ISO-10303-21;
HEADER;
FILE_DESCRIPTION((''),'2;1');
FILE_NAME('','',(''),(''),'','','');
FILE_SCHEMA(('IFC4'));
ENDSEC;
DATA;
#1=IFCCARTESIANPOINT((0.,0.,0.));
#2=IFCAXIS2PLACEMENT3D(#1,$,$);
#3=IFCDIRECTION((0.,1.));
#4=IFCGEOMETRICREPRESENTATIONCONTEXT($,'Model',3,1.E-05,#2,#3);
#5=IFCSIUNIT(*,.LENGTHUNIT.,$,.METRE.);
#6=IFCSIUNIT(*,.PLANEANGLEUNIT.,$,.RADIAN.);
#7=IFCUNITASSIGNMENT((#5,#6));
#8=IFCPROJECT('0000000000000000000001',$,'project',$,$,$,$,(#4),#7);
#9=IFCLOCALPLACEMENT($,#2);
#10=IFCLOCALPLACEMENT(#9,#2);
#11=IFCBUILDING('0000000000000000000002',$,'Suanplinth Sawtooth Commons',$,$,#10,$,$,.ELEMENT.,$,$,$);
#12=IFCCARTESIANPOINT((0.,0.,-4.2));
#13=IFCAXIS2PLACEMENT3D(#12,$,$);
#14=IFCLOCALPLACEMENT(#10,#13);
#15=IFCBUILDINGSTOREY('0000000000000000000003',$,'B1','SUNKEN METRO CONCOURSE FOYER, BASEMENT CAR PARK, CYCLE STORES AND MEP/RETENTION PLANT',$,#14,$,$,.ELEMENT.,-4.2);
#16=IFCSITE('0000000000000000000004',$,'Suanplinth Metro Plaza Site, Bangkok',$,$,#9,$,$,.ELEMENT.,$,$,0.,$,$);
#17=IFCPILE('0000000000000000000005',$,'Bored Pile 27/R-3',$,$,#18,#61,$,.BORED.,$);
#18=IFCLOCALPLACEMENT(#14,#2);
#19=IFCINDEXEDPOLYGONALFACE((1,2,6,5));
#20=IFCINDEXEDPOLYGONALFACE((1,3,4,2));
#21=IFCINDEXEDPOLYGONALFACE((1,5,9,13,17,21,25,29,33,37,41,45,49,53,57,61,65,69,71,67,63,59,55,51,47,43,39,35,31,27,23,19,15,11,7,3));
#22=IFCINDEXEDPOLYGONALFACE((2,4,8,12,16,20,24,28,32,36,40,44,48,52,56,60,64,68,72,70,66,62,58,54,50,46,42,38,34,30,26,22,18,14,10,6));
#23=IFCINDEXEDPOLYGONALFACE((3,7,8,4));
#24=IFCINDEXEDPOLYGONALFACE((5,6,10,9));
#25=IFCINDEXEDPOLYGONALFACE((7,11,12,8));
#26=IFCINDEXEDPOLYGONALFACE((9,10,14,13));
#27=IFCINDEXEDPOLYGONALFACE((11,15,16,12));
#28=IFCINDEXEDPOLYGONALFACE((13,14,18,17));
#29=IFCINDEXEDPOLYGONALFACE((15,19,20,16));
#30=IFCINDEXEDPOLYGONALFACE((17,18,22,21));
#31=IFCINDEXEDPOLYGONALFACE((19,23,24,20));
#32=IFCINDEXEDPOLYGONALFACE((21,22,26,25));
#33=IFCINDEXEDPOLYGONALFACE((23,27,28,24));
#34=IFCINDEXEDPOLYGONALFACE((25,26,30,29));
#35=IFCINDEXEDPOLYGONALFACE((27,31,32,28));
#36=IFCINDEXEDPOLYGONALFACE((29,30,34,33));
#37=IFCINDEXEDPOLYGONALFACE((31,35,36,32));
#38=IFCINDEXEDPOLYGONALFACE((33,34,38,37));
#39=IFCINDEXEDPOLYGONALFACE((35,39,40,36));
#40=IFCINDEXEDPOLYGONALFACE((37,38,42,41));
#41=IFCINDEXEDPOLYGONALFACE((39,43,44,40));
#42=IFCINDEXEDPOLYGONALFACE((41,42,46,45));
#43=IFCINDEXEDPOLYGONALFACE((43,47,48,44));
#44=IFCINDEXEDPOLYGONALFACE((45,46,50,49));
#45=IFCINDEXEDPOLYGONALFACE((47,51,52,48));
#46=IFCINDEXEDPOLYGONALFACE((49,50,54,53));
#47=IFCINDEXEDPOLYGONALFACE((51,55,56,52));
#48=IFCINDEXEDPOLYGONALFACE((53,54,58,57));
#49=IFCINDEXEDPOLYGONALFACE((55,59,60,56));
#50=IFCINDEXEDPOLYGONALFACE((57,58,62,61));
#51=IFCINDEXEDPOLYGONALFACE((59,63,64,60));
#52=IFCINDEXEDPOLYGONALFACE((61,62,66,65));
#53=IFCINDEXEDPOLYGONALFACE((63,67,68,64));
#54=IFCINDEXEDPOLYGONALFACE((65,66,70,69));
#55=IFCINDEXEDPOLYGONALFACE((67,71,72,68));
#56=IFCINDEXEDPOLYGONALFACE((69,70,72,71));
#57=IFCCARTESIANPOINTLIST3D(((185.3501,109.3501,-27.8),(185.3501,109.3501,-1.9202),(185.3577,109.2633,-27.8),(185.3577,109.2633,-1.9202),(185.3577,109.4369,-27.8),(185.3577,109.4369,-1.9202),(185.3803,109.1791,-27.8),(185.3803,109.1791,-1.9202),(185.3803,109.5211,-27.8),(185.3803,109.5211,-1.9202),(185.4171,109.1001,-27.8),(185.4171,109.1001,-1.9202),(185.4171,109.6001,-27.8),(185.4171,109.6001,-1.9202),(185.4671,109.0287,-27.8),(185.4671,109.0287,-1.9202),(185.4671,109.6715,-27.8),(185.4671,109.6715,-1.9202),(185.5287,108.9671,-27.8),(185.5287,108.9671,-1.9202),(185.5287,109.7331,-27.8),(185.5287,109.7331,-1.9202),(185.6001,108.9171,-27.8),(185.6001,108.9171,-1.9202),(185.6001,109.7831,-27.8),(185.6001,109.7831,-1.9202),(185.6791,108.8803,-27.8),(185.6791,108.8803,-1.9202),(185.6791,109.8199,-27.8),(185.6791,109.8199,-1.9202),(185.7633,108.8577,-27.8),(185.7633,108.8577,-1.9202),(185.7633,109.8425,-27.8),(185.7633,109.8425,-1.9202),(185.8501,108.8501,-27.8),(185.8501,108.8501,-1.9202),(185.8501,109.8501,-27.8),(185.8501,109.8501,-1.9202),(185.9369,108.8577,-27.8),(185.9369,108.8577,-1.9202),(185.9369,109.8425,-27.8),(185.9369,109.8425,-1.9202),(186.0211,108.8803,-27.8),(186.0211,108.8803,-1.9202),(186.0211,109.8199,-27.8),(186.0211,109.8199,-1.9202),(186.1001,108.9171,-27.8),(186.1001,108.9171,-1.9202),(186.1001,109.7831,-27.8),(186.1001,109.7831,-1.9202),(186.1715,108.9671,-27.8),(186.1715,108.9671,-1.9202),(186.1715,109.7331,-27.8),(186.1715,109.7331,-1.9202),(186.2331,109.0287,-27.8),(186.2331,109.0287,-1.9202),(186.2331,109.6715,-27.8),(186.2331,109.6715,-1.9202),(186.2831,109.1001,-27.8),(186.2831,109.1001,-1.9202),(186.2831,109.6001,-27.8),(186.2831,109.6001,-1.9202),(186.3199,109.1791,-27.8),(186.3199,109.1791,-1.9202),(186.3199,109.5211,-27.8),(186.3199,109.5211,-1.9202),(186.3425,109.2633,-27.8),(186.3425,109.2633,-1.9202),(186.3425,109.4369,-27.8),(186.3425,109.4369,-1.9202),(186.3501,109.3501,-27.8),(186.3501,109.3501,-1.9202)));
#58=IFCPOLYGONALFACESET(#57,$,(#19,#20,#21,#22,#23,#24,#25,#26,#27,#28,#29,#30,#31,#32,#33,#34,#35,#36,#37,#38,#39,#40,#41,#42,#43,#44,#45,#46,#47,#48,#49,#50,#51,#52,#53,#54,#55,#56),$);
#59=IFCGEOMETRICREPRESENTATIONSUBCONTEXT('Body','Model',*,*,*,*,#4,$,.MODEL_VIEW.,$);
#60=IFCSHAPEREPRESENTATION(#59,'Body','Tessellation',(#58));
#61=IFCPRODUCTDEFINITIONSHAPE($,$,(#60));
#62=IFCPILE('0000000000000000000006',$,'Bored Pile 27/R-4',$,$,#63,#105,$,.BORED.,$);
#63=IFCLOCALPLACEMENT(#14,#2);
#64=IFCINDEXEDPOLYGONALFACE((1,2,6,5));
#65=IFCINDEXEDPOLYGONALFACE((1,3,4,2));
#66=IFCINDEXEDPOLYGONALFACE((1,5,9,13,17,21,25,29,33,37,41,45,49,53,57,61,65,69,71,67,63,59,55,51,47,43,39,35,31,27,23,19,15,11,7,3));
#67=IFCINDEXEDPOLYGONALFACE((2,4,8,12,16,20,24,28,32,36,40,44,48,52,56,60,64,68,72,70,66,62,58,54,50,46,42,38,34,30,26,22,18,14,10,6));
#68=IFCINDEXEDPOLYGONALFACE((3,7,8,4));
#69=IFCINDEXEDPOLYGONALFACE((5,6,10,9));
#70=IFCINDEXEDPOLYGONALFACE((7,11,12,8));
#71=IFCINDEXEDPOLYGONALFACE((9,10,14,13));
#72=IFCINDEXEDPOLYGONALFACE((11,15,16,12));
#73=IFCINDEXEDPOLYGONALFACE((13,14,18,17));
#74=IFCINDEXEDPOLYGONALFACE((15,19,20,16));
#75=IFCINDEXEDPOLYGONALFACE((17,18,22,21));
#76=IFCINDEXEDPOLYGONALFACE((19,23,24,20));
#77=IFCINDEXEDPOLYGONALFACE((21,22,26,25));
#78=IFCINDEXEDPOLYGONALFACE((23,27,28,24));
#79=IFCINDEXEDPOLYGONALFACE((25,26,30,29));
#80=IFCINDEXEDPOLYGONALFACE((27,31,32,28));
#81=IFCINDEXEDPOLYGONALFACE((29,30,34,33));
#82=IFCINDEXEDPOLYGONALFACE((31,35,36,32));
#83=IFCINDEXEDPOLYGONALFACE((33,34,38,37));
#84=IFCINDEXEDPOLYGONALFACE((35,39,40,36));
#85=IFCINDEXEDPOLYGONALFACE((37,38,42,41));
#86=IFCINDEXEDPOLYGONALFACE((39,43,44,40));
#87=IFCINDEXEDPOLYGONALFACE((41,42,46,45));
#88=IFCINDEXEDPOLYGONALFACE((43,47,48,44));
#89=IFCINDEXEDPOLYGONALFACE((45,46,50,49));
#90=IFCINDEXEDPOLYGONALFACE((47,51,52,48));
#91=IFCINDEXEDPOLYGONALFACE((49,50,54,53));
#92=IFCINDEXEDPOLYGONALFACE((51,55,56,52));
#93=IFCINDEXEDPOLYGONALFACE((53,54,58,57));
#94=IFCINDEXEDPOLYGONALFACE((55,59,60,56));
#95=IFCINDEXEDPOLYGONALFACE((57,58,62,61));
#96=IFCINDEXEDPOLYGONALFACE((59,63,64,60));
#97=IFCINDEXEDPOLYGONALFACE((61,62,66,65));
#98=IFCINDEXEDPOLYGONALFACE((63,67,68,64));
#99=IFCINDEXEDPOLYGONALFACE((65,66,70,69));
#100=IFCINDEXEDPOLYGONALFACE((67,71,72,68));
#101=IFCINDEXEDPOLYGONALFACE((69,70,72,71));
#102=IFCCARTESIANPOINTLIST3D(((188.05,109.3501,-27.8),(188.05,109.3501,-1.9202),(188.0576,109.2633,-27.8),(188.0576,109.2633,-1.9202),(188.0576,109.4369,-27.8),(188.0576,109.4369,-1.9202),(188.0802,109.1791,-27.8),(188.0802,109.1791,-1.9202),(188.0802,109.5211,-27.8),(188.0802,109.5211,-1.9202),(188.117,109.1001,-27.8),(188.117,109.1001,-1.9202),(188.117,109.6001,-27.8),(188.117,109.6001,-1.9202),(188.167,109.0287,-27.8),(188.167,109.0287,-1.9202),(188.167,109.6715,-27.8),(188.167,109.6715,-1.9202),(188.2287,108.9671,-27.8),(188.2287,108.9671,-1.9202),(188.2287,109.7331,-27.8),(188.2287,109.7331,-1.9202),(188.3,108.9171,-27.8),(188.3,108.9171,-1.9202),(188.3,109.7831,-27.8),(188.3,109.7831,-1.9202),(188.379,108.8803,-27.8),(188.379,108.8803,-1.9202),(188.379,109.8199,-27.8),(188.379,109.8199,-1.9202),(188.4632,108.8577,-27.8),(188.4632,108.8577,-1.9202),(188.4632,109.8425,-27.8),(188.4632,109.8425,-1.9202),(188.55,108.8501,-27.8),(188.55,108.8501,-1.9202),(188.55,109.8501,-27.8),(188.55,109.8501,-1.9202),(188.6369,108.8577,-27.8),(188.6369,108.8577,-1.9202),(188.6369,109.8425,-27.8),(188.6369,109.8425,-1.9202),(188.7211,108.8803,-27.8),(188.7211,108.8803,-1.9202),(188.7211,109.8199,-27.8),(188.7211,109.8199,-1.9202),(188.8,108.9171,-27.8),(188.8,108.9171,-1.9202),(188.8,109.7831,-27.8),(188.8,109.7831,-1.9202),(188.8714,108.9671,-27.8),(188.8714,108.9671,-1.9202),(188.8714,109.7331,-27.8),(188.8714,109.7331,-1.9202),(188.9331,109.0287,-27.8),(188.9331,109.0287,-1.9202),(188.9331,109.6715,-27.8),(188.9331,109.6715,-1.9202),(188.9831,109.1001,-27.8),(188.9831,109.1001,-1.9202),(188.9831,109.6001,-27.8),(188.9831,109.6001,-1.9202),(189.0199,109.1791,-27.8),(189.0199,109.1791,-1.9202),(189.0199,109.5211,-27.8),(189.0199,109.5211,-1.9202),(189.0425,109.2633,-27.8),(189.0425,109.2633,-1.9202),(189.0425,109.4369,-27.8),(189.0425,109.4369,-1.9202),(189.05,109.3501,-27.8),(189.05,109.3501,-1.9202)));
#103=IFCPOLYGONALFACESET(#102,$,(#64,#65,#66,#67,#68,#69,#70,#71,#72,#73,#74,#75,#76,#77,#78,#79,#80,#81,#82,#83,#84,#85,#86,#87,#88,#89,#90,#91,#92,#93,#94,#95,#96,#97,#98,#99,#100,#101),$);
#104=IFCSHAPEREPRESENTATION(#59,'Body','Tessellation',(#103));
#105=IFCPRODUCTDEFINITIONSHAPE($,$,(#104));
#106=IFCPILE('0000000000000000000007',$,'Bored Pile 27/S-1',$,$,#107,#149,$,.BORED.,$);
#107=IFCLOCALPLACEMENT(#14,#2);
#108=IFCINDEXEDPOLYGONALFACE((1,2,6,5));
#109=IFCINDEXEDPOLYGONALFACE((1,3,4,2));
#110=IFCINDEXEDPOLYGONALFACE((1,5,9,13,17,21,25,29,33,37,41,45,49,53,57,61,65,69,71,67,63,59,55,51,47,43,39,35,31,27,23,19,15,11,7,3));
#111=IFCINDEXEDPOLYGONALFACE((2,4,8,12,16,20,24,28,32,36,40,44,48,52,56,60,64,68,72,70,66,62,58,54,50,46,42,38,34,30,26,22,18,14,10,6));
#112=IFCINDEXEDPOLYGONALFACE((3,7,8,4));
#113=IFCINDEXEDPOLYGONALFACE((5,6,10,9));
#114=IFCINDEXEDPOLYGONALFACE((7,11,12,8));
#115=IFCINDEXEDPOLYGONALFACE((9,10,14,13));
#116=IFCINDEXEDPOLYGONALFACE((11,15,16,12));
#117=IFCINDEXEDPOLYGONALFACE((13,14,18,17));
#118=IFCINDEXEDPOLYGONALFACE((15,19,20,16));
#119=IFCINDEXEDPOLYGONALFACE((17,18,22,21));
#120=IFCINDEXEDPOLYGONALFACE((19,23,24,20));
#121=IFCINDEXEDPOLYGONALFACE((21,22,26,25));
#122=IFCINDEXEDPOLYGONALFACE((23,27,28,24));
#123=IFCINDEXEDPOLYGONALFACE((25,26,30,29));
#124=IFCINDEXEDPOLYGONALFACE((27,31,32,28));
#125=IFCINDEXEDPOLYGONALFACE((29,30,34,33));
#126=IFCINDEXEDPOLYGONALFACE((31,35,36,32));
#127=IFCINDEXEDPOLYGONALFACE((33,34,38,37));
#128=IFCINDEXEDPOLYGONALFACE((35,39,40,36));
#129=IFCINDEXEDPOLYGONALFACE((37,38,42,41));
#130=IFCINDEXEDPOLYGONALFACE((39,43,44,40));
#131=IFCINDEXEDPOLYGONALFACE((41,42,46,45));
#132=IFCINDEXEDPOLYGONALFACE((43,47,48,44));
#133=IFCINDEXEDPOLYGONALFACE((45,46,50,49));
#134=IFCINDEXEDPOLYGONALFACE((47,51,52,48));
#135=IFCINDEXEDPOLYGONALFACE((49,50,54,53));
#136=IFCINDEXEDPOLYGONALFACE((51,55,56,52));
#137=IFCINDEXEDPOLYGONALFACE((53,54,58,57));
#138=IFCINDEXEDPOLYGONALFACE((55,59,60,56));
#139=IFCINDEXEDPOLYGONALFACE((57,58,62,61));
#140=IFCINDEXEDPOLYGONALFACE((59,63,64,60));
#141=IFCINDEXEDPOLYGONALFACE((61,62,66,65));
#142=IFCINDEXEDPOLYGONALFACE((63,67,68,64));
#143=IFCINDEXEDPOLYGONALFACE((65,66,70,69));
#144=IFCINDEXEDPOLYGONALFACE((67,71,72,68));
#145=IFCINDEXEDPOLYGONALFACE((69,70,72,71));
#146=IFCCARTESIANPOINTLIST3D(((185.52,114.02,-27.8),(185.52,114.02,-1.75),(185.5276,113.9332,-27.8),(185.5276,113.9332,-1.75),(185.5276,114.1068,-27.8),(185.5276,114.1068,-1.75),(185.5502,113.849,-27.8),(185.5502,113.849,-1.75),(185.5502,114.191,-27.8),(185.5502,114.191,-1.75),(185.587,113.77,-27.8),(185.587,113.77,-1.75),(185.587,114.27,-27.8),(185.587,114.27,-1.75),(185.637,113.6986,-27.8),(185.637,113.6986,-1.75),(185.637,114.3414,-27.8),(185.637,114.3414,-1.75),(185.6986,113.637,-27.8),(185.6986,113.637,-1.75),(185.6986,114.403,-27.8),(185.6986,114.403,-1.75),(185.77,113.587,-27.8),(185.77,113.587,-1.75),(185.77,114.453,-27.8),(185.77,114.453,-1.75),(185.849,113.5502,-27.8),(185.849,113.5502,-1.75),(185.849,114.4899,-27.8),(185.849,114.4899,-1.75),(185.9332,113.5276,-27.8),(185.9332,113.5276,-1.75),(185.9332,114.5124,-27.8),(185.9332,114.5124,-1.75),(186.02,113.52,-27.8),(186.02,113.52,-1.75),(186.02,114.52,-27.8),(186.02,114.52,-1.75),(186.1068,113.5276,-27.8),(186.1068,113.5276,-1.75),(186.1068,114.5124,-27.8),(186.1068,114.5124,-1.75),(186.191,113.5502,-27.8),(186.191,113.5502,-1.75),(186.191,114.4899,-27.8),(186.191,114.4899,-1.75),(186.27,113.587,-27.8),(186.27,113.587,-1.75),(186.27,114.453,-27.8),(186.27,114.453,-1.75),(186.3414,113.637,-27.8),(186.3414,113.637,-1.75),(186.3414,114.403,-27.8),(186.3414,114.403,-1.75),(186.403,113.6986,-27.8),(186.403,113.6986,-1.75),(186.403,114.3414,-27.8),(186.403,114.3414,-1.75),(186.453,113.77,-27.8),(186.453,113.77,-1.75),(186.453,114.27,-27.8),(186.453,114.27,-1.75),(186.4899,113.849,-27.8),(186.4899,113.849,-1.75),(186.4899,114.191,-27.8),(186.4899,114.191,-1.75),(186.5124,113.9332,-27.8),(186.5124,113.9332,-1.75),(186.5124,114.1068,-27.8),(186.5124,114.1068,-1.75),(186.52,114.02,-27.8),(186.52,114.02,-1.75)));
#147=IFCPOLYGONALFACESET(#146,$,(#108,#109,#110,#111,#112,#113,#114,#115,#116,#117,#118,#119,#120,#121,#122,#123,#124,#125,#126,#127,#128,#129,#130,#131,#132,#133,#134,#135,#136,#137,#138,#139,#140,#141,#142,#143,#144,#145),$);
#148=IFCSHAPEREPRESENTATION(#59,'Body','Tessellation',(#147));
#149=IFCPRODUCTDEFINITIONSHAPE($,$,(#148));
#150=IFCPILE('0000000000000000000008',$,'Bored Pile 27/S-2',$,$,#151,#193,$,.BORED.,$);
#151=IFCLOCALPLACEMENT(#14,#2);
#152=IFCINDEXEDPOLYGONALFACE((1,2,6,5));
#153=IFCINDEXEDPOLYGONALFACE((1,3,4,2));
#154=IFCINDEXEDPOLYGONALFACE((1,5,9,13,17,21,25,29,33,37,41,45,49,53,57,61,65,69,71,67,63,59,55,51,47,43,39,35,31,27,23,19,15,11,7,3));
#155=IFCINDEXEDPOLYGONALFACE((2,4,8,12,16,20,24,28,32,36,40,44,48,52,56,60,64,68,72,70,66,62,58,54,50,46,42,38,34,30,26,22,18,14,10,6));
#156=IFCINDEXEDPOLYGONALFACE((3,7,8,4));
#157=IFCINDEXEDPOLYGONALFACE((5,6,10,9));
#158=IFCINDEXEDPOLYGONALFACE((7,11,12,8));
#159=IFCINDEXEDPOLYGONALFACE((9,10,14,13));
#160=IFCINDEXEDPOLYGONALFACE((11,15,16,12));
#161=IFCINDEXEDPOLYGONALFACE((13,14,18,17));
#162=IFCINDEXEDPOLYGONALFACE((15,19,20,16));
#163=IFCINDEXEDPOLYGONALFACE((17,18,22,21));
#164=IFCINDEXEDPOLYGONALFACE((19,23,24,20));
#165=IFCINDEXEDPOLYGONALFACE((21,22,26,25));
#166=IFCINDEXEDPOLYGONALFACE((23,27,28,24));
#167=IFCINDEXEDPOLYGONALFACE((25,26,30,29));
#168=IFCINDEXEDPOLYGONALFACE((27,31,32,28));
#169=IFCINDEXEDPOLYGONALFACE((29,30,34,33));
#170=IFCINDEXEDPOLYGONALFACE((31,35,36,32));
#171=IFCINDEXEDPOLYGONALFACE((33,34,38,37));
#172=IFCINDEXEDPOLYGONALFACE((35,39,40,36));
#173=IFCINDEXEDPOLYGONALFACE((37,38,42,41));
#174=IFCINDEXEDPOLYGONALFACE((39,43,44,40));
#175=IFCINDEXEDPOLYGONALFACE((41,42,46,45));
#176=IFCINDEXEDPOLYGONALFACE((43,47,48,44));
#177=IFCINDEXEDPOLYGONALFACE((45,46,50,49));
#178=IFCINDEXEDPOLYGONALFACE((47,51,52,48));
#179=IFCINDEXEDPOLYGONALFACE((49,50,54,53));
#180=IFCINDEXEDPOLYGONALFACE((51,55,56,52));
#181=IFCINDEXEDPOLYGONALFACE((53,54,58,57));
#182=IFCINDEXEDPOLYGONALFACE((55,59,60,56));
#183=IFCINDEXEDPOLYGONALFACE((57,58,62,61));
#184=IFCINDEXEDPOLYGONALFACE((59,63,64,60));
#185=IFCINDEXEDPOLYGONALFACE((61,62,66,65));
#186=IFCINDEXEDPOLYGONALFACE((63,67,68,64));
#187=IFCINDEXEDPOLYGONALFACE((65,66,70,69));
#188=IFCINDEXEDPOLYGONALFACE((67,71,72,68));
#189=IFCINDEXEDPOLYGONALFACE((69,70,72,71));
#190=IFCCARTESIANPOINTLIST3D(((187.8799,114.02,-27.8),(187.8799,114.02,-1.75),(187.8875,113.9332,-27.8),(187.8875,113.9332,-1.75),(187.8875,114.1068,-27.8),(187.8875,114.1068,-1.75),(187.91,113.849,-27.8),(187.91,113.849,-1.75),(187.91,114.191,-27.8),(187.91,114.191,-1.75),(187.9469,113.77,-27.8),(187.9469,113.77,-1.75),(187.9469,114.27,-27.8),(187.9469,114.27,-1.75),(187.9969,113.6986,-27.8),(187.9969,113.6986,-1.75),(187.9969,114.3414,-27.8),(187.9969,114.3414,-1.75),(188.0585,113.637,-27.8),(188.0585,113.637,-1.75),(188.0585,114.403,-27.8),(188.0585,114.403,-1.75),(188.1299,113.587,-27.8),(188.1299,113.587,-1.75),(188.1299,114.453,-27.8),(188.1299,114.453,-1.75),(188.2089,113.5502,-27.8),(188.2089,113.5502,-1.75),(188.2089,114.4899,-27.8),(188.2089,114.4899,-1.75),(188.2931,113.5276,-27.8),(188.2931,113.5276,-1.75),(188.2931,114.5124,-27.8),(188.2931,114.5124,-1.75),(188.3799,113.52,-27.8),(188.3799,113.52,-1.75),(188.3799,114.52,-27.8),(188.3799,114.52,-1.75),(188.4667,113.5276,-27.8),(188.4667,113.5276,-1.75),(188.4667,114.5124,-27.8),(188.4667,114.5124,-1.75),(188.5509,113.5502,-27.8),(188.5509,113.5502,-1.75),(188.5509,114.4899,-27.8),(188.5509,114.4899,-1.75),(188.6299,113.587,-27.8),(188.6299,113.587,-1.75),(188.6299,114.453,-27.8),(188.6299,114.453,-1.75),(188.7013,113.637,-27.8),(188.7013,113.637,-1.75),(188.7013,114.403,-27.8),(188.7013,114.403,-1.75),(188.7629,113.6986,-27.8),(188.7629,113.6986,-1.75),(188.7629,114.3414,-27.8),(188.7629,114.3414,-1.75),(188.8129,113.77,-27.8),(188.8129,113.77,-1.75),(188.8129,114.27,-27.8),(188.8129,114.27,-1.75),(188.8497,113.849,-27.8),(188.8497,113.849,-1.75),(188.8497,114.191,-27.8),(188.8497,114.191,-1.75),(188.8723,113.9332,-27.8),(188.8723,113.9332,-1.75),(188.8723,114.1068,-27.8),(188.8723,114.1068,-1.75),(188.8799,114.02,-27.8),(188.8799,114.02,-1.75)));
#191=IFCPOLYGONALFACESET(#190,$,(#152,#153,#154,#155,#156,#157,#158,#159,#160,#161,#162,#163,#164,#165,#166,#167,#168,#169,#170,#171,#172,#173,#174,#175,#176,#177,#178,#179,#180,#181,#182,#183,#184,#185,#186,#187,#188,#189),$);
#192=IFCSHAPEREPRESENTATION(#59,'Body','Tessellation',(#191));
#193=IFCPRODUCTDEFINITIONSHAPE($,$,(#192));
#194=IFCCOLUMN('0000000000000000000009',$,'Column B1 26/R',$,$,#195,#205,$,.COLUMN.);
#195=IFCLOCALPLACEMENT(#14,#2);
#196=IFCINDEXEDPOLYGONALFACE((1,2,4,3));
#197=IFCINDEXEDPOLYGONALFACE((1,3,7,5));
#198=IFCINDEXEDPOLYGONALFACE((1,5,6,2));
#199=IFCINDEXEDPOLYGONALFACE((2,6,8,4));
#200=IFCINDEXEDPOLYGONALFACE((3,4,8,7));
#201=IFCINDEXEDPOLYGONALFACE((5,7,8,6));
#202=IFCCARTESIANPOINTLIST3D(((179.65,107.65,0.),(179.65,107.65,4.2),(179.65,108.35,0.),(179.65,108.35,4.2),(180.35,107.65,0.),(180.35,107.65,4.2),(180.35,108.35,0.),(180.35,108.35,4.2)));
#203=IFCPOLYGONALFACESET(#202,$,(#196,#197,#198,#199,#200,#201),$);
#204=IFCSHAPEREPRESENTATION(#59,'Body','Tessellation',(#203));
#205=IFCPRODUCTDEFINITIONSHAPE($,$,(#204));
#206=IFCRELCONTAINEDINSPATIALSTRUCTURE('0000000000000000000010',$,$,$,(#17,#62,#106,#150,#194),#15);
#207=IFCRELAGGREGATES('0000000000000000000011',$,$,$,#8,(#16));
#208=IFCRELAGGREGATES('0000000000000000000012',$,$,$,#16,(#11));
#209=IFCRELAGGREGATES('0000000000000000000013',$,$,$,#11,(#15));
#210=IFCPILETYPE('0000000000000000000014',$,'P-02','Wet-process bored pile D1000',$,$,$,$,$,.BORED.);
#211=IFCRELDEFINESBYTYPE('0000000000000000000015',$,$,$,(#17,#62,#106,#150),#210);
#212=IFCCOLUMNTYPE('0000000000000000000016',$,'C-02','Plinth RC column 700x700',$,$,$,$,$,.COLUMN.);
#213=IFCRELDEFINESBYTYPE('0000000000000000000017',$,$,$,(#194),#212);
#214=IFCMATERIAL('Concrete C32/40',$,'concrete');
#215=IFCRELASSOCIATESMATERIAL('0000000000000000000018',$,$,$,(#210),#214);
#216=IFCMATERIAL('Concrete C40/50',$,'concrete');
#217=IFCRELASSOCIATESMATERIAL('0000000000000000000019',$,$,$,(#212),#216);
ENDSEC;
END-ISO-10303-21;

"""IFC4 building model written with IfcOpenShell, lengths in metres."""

from ifc_helpers import new_model, si_unit, direction, frame, origin, origin_2d, place, context, subcontext, project, spatial, rectangle, circle, extrude, material, material_profile, profile_set, type_object, element, save


model = new_model("IFC4")

# Units and contexts
model_context = context("Model", 3, precision=1e-05, world=origin(), true_north=direction((0.0, 1.0)))
body_context = subcontext(model_context, "Body", "Model", "MODEL_VIEW")
ifc_project = project(units=[si_unit("LENGTHUNIT", "METRE"), si_unit("PLANEANGLEUNIT", "RADIAN")], contexts=[model_context])

# Site, building, storey
site_placement = place(None, origin())
site = spatial("IfcSite", under=ifc_project, at=site_placement, Name="Suanplinth Metro Plaza Site, Bangkok", CompositionType="ELEMENT", RefElevation=0.0)
building_placement = place(site_placement, origin())
building = spatial("IfcBuilding", under=site, at=building_placement, Name="Suanplinth Sawtooth Commons", CompositionType="ELEMENT")
storey_placement = place(building_placement, frame((0.0, 0.0, -4.2)))
storey = spatial("IfcBuildingStorey", under=building, at=storey_placement, Name="B1", Description="SUNKEN METRO CONCOURSE FOYER, BASEMENT CAR PARK, CYCLE STORES AND MEP/RETENTION PLANT", CompositionType="ELEMENT", Elevation=-4.2)

# Piles
ifc_material_1 = material(Name="Concrete C32/40", Category="concrete")
ifc_material_profile_1 = material_profile(ifc_material_1, circle(Radius=0.5, at=origin_2d()), Name="PILE D1000")
ifc_profile_set_1 = profile_set([ifc_material_profile_1], Name="Concrete C32/40")
pile_type = type_object("IfcPileType", Name="P-02", Description="Wet-process bored pile D1000", PredefinedType="BORED", material=ifc_profile_set_1)
for number, where, z_axis, x_axis, name in (
    (1, (185.8501, 109.3501, -1.9202), (0.0, 0.0, -1.0), (1.0, 0.0, 0.0), "Bored Pile 27/R-3"),
    (2, (188.55, 109.3501, -1.9202), (0.0, 0.0, -1.0), (1.0, 0.0, 0.0), "Bored Pile 27/R-4"),
):
    element("IfcPile", number, at=place(storey_placement, frame(where, z_axis=z_axis, x_axis=x_axis)), inside=storey, type_object=pile_type, Name=name, PredefinedType="BORED", context=body_context, shape_type="SweptSolid", body=[
        extrude(circle(Radius=0.5, at=origin_2d()), origin(), (0.0, 0.0, 1.0), 25.8799),
    ])
for number, where, z_axis, x_axis, name in (
    (3, (186.02, 114.02, -1.75), (0.0, 0.0, -1.0), (1.0, 0.0, 0.0), "Bored Pile 27/S-1"),
    (4, (188.3799, 114.02, -1.75), (0.0, 0.0, -1.0), (1.0, 0.0, 0.0), "Bored Pile 27/S-2"),
):
    element("IfcPile", number, at=place(storey_placement, frame(where, z_axis=z_axis, x_axis=x_axis)), inside=storey, type_object=pile_type, Name=name, PredefinedType="BORED", context=body_context, shape_type="SweptSolid", body=[
        extrude(circle(Radius=0.5, at=origin_2d()), origin(), (0.0, 0.0, 1.0), 26.05),
    ])

# Column
ifc_material_2 = material(Name="Concrete C40/50", Category="concrete")
ifc_material_profile_2 = material_profile(ifc_material_2, rectangle(XDim=0.7, YDim=0.7, at=origin_2d()), Name="RC-COL 700x700")
ifc_profile_set_2 = profile_set([ifc_material_profile_2], Name="Concrete C40/50")
column_type = type_object("IfcColumnType", Name="C-02", Description="Plinth RC column 700x700", PredefinedType="COLUMN", material=ifc_profile_set_2)
for number, where, z_axis, x_axis, name in (
    (5, (180.0, 108.0, 0.0), (0.0, 0.0, 1.0), (1.0, 0.0, 0.0), "Column B1 26/R"),
):
    element("IfcColumn", number, at=place(storey_placement, frame(where, z_axis=z_axis, x_axis=x_axis)), inside=storey, type_object=column_type, Name=name, PredefinedType="COLUMN", context=body_context, shape_type="SweptSolid", body=[
        extrude(rectangle(XDim=0.7, YDim=0.7, at=origin_2d()), origin(), (0.0, 0.0, 1.0), 4.2),
    ])

save(model, "model.ifc")
